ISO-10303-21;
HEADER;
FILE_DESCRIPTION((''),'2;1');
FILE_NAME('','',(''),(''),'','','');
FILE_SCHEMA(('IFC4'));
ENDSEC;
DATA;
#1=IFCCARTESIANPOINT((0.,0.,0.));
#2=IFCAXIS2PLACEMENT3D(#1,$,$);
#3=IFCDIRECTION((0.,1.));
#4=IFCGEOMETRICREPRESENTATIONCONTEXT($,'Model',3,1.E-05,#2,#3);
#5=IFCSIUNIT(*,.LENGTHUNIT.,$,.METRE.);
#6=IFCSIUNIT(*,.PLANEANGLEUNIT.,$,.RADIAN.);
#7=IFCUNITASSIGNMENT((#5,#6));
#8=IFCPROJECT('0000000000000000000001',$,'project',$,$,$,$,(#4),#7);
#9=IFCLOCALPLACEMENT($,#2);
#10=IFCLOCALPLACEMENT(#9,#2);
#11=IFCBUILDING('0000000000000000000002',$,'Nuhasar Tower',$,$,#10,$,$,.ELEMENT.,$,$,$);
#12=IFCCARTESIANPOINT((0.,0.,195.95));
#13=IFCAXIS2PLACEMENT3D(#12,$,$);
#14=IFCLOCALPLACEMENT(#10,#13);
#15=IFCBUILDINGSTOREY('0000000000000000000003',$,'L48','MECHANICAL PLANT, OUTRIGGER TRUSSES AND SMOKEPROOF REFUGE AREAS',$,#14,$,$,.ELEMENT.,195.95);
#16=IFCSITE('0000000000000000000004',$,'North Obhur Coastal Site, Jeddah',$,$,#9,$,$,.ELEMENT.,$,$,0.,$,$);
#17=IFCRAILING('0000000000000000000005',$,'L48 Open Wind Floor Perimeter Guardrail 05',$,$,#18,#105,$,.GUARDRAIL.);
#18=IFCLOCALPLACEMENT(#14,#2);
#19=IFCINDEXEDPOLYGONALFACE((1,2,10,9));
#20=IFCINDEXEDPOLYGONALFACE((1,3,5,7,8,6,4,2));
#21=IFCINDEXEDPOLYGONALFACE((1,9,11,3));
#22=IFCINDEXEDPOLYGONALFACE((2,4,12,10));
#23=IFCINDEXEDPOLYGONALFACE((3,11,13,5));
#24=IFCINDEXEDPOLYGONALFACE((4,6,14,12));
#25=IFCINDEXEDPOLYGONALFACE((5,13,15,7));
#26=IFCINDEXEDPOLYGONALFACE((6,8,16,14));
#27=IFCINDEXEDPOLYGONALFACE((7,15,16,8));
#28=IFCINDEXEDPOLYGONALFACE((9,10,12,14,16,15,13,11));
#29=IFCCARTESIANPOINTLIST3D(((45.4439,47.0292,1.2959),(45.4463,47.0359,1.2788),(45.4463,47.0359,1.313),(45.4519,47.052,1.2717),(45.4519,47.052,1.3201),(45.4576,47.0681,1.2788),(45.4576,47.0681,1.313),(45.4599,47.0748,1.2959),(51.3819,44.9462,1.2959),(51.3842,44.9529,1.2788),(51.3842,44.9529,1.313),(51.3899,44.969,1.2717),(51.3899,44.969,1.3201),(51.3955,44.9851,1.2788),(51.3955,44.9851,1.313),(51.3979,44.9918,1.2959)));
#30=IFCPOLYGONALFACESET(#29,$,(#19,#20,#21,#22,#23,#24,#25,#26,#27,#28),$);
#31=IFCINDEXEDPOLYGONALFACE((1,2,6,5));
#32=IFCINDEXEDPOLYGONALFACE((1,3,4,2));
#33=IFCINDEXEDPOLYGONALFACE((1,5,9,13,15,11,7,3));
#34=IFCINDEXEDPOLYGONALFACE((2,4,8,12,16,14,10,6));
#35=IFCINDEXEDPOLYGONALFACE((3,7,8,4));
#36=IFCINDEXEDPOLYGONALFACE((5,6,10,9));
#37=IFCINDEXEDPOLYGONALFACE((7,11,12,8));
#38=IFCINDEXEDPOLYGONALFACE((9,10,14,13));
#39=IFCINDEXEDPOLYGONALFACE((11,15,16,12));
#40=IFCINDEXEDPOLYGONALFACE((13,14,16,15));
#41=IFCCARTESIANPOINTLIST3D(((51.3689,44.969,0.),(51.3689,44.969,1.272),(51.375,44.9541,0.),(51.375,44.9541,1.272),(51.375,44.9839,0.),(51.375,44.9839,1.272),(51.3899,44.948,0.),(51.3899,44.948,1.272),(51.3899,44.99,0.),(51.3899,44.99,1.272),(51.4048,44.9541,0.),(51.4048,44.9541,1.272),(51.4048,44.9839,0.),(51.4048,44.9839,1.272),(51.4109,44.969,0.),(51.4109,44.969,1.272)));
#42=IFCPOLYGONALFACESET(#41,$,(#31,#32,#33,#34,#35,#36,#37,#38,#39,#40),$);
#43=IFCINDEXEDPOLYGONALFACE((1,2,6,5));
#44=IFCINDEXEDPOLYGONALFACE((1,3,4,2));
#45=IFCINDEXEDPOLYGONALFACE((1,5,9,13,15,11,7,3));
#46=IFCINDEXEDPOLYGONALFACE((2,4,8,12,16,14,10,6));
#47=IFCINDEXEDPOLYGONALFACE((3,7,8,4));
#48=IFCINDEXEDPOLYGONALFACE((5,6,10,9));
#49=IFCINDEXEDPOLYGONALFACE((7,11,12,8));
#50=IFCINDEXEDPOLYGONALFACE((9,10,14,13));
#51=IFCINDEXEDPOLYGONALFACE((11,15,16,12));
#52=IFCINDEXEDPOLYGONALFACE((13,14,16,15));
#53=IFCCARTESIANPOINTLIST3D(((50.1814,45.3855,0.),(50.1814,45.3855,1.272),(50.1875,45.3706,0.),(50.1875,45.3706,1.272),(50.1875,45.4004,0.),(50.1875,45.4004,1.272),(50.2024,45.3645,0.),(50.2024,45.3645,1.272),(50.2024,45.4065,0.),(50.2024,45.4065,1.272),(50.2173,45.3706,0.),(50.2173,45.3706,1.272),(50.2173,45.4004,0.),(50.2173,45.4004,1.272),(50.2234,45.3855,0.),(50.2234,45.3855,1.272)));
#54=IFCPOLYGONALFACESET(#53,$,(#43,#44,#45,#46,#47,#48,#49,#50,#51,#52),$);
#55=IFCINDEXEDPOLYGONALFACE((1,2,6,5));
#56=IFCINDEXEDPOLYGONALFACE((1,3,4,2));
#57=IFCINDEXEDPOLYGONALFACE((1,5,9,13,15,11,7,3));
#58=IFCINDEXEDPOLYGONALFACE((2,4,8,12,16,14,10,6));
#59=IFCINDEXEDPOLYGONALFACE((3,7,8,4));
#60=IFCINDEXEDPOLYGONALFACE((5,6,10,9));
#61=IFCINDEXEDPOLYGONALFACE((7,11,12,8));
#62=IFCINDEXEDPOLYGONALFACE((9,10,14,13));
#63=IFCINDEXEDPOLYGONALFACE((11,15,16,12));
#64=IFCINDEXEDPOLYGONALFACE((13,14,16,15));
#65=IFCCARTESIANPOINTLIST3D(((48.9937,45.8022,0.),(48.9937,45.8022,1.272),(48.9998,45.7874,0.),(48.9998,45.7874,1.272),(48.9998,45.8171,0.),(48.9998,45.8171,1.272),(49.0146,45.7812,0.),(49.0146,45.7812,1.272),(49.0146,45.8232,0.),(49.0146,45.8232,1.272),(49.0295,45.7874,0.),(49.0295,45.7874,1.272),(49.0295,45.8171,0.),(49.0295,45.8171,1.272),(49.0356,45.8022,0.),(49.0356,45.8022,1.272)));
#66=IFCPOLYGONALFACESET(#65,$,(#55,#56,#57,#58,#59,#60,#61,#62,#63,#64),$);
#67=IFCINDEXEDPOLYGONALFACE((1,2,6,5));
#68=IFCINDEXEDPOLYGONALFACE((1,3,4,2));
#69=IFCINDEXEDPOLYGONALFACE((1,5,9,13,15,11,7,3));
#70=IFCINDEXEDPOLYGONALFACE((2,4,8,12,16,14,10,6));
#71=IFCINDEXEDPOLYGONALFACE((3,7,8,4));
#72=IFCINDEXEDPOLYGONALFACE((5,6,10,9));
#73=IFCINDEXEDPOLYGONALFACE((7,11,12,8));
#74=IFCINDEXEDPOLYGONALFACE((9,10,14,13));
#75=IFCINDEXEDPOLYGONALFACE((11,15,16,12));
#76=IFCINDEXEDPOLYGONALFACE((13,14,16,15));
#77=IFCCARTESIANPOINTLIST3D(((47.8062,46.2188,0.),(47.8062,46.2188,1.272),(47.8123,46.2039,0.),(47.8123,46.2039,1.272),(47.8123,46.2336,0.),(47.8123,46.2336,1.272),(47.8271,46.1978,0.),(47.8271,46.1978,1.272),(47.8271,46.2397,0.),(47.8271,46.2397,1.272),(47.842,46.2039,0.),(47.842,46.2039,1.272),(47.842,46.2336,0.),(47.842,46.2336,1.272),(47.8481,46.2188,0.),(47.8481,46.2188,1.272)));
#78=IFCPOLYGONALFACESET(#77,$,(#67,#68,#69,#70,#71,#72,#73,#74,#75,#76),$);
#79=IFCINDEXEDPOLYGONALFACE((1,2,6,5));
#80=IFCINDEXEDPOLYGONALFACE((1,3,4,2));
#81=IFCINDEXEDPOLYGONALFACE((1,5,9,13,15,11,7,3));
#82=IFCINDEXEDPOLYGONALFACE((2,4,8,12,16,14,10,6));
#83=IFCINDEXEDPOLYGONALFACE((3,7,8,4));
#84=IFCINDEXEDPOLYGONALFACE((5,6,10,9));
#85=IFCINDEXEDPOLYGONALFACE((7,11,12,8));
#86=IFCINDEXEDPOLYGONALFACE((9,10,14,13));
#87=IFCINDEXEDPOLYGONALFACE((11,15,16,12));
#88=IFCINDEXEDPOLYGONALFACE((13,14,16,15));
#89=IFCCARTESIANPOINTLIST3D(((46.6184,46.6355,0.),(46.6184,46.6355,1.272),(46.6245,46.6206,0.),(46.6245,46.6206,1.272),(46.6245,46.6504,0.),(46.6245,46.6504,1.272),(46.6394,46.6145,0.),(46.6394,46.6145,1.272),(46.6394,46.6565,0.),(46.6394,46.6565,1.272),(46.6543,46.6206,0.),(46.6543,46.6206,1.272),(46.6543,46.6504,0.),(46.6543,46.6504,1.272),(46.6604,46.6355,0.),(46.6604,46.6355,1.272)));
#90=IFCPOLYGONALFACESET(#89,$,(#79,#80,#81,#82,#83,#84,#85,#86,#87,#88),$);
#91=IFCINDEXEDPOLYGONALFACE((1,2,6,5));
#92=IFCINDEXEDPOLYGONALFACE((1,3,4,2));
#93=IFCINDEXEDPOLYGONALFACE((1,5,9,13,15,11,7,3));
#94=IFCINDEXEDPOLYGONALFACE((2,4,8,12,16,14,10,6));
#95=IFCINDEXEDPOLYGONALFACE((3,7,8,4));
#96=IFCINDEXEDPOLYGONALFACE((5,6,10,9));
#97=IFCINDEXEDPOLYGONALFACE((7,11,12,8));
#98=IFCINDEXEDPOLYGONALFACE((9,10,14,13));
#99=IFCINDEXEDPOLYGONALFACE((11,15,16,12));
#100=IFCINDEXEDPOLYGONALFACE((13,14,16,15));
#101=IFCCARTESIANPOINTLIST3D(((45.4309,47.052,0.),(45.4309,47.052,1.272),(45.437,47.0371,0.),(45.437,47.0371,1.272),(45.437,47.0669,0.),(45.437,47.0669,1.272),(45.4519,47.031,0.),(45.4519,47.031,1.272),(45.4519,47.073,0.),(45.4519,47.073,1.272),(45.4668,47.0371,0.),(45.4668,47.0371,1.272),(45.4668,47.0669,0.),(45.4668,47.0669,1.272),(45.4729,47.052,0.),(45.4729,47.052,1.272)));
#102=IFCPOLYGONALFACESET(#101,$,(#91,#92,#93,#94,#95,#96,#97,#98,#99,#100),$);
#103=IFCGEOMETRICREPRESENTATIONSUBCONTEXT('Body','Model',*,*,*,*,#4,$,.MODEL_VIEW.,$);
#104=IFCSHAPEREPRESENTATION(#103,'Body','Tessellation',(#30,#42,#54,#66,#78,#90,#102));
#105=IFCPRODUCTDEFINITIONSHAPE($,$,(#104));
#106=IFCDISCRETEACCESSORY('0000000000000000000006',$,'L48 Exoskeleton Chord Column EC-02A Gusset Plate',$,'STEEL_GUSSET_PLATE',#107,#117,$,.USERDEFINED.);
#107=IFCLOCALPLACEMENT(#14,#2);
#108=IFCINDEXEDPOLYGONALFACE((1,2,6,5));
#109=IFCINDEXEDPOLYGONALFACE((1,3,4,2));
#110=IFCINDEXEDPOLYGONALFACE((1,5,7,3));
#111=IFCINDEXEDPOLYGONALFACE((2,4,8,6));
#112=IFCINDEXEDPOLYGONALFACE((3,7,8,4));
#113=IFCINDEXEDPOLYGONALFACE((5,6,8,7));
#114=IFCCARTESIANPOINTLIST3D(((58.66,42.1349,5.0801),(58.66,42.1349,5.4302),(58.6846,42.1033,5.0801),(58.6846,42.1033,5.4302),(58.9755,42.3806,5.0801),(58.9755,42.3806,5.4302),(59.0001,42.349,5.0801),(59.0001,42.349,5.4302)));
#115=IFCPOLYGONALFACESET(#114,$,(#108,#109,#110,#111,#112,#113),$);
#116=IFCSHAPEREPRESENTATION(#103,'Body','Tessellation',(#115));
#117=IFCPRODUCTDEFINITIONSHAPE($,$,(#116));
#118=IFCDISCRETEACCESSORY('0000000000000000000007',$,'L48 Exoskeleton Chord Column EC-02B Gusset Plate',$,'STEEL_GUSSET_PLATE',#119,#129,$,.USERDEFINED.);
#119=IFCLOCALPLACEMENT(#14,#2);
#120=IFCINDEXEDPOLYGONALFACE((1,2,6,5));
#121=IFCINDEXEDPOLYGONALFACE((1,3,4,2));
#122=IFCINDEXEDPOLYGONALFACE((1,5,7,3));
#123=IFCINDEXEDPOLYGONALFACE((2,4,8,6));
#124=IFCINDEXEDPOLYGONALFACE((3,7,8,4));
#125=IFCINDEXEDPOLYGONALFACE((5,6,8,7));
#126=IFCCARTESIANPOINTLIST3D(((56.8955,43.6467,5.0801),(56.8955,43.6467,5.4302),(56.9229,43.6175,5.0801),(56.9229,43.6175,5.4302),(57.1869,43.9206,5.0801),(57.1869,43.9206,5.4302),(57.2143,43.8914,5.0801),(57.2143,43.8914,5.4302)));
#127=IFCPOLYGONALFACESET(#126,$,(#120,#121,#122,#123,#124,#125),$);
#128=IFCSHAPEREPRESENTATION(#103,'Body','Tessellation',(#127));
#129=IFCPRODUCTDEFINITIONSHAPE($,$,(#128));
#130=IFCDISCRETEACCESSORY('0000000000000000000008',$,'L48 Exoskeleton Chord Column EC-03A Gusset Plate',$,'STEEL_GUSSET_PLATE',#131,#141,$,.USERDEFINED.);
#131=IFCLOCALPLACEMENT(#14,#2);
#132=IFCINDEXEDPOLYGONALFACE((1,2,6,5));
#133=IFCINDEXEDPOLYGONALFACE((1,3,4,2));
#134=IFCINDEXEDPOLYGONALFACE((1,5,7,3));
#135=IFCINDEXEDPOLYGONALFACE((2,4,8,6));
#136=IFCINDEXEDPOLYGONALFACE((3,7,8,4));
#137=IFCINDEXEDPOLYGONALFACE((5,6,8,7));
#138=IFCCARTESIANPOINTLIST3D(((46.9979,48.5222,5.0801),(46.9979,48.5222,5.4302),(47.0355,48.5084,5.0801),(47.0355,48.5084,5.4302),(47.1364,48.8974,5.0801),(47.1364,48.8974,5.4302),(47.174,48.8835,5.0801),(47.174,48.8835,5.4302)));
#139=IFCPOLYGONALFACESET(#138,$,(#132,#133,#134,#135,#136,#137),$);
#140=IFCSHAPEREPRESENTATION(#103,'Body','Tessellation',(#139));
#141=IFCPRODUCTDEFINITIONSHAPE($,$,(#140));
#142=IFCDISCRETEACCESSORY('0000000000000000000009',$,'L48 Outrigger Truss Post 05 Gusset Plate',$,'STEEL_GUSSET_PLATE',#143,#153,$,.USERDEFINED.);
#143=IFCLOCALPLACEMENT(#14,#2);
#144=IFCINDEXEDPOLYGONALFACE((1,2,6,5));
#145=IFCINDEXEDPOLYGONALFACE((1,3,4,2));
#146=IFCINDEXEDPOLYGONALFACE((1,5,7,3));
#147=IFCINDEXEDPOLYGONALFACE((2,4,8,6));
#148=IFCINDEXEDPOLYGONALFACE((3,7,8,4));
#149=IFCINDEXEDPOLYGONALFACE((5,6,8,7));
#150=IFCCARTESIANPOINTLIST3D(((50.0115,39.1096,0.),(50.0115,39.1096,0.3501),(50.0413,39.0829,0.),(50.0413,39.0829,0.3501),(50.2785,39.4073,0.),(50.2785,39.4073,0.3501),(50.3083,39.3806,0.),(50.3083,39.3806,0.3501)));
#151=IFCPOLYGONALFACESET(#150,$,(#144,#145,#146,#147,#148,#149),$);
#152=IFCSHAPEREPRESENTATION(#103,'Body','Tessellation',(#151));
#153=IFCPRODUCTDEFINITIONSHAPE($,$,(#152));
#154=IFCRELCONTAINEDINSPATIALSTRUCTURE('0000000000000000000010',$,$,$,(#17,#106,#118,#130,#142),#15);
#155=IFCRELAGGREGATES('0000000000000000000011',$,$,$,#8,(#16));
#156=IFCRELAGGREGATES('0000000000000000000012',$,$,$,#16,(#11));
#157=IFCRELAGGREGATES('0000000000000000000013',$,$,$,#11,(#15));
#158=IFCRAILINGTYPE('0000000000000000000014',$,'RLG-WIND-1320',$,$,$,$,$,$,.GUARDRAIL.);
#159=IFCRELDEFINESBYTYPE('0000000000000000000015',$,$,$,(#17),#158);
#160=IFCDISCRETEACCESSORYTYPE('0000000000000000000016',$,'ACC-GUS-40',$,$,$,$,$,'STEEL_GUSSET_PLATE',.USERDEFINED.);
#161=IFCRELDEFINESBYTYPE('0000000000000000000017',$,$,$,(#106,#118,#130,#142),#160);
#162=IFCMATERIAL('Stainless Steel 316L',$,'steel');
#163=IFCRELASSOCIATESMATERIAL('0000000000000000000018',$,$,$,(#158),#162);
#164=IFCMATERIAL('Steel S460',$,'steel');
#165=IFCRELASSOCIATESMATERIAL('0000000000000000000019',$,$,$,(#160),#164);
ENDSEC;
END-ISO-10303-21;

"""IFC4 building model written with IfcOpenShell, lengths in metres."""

from ifc_helpers import new_model, si_unit, direction, frame, origin, origin_2d, place, context, subcontext, project, spatial, polyline, rectangle, outline, extrude, material, type_object, element, save


model = new_model("IFC4")

# Units and contexts
model_context = context("Model", 3, precision=1e-05, world=origin(), true_north=direction((0.0, 1.0)))
body_context = subcontext(model_context, "Body", "Model", "MODEL_VIEW")
ifc_project = project(units=[si_unit("LENGTHUNIT", "METRE"), si_unit("PLANEANGLEUNIT", "RADIAN")], contexts=[model_context])

# Site, building, storey
site_placement = place(None, origin())
site = spatial("IfcSite", under=ifc_project, at=site_placement, Name="North Obhur Coastal Site, Jeddah", CompositionType="ELEMENT", RefElevation=0.0)
building_placement = place(site_placement, origin())
building = spatial("IfcBuilding", under=site, at=building_placement, Name="Nuhasar Tower", CompositionType="ELEMENT")
storey_placement = place(building_placement, frame((0.0, 0.0, 195.95)))
storey = spatial("IfcBuildingStorey", under=building, at=storey_placement, Name="L48", Description="MECHANICAL PLANT, OUTRIGGER TRUSSES AND SMOKEPROOF REFUGE AREAS", CompositionType="ELEMENT", Elevation=195.95)

# Shared definitions
ifc_material_1 = material(Name="Steel S460", Category="steel")

# Railing
ifc_material_2 = material(Name="Stainless Steel 316L", Category="steel")
railing_type = type_object("IfcRailingType", Name="RLG-WIND-1320", PredefinedType="GUARDRAIL", material=ifc_material_2)
railing_1_placement = place(storey_placement, frame((51.3899, 44.969, 0.0)))
element("IfcRailing", 1, at=railing_1_placement, inside=storey, type_object=railing_type, Name="L48 Open Wind Floor Perimeter Guardrail 05", PredefinedType="GUARDRAIL", context=body_context, shape_type="SweptSolid", body=[
    extrude(outline(polyline([(0.0242, 0.0), (0.0171, 0.0171), (0.0, 0.0242), (-0.0171, 0.0171), (-0.0242, 0.0), (-0.0171, -0.0171), (0.0, -0.0242), (0.0171, -0.0171), (0.0242, 0.0)])), frame((0.0, 0.0, 1.2959), z_axis=(-0.943625, 0.331017, 0.0), x_axis=(-0.331017, -0.943625, 0.0)), (0.0, 0.0, 1.0), 6.2927),
    extrude(outline(polyline([(0.021, 0.0), (0.0149, 0.0149), (0.0, 0.021), (-0.0149, 0.0149), (-0.021, 0.0), (-0.0149, -0.0149), (0.0, -0.021), (0.0149, -0.0149), (0.021, 0.0)])), origin(), (0.0, 0.0, 1.0), 1.272),
    extrude(outline(polyline([(0.021, 0.0), (0.0149, 0.0149), (0.0, 0.021), (-0.0149, 0.0149), (-0.021, 0.0), (-0.0149, -0.0149), (0.0, -0.021), (0.0149, -0.0149), (0.021, 0.0)])), frame((-1.1875, 0.4165, 0.0)), (0.0, 0.0, 1.0), 1.272),
    extrude(outline(polyline([(0.021, 0.0), (0.0149, 0.0149), (0.0, 0.021), (-0.0149, 0.0149), (-0.021, 0.0), (-0.0149, -0.0149), (0.0, -0.021), (0.0149, -0.0149), (0.021, 0.0)])), frame((-2.3752, 0.8333, 0.0)), (0.0, 0.0, 1.0), 1.272),
    extrude(outline(polyline([(0.021, 0.0), (0.0149, 0.0149), (0.0, 0.021), (-0.0149, 0.0149), (-0.021, 0.0), (-0.0149, -0.0149), (0.0, -0.021), (0.0149, -0.0149), (0.021, 0.0)])), frame((-3.5627, 1.2498, 0.0)), (0.0, 0.0, 1.0), 1.272),
    extrude(outline(polyline([(0.021, 0.0), (0.0149, 0.0149), (0.0, 0.021), (-0.0149, 0.0149), (-0.021, 0.0), (-0.0149, -0.0149), (0.0, -0.021), (0.0149, -0.0149), (0.021, 0.0)])), frame((-4.7505, 1.6665, 0.0)), (0.0, 0.0, 1.0), 1.272),
    extrude(outline(polyline([(0.021, 0.0), (0.0149, 0.0149), (0.0, 0.021), (-0.0149, 0.0149), (-0.021, 0.0), (-0.0149, -0.0149), (0.0, -0.021), (0.0149, -0.0149), (0.021, 0.0)])), frame((-5.938, 2.083, 0.0)), (0.0, 0.0, 1.0), 1.272),
])

# Discrete accessories
discrete_accessory_type = type_object("IfcDiscreteAccessoryType", Name="ACC-GUS-40", ElementType="STEEL_GUSSET_PLATE", PredefinedType="USERDEFINED", material=ifc_material_1)
for number, where, z_axis, x_axis, name in (
    (2, (58.8301, 42.2419, 5.0801), (0.0, 0.0, 1.0), (0.788998, 0.614395, 0.0), "L48 Exoskeleton Chord Column EC-02A Gusset Plate"),
    (3, (57.0549, 43.769, 5.0801), (0.0, 0.0, 1.0), (0.728682, 0.684852, 0.0), "L48 Exoskeleton Chord Column EC-02B Gusset Plate"),
    (4, (47.0859, 48.7029, 5.0801), (0.0, 0.0, 1.0), (0.346314, 0.938119, 0.0), "L48 Exoskeleton Chord Column EC-03A Gusset Plate"),
    (5, (50.1599, 39.2451, 0.0), (0.0, 0.0, 1.0), (0.667612, 0.74451, 0.0), "L48 Outrigger Truss Post 05 Gusset Plate"),
):
    element("IfcDiscreteAccessory", number, at=place(storey_placement, frame(where, z_axis=z_axis, x_axis=x_axis)), inside=storey, type_object=discrete_accessory_type, Name=name, ObjectType="STEEL_GUSSET_PLATE", PredefinedType="USERDEFINED", context=body_context, shape_type="SweptSolid", body=[
        extrude(rectangle(XDim=0.3999, YDim=0.04, at=origin_2d()), origin(), (0.0, 0.0, 1.0), 0.3501),
    ])

save(model, "model.ifc")
